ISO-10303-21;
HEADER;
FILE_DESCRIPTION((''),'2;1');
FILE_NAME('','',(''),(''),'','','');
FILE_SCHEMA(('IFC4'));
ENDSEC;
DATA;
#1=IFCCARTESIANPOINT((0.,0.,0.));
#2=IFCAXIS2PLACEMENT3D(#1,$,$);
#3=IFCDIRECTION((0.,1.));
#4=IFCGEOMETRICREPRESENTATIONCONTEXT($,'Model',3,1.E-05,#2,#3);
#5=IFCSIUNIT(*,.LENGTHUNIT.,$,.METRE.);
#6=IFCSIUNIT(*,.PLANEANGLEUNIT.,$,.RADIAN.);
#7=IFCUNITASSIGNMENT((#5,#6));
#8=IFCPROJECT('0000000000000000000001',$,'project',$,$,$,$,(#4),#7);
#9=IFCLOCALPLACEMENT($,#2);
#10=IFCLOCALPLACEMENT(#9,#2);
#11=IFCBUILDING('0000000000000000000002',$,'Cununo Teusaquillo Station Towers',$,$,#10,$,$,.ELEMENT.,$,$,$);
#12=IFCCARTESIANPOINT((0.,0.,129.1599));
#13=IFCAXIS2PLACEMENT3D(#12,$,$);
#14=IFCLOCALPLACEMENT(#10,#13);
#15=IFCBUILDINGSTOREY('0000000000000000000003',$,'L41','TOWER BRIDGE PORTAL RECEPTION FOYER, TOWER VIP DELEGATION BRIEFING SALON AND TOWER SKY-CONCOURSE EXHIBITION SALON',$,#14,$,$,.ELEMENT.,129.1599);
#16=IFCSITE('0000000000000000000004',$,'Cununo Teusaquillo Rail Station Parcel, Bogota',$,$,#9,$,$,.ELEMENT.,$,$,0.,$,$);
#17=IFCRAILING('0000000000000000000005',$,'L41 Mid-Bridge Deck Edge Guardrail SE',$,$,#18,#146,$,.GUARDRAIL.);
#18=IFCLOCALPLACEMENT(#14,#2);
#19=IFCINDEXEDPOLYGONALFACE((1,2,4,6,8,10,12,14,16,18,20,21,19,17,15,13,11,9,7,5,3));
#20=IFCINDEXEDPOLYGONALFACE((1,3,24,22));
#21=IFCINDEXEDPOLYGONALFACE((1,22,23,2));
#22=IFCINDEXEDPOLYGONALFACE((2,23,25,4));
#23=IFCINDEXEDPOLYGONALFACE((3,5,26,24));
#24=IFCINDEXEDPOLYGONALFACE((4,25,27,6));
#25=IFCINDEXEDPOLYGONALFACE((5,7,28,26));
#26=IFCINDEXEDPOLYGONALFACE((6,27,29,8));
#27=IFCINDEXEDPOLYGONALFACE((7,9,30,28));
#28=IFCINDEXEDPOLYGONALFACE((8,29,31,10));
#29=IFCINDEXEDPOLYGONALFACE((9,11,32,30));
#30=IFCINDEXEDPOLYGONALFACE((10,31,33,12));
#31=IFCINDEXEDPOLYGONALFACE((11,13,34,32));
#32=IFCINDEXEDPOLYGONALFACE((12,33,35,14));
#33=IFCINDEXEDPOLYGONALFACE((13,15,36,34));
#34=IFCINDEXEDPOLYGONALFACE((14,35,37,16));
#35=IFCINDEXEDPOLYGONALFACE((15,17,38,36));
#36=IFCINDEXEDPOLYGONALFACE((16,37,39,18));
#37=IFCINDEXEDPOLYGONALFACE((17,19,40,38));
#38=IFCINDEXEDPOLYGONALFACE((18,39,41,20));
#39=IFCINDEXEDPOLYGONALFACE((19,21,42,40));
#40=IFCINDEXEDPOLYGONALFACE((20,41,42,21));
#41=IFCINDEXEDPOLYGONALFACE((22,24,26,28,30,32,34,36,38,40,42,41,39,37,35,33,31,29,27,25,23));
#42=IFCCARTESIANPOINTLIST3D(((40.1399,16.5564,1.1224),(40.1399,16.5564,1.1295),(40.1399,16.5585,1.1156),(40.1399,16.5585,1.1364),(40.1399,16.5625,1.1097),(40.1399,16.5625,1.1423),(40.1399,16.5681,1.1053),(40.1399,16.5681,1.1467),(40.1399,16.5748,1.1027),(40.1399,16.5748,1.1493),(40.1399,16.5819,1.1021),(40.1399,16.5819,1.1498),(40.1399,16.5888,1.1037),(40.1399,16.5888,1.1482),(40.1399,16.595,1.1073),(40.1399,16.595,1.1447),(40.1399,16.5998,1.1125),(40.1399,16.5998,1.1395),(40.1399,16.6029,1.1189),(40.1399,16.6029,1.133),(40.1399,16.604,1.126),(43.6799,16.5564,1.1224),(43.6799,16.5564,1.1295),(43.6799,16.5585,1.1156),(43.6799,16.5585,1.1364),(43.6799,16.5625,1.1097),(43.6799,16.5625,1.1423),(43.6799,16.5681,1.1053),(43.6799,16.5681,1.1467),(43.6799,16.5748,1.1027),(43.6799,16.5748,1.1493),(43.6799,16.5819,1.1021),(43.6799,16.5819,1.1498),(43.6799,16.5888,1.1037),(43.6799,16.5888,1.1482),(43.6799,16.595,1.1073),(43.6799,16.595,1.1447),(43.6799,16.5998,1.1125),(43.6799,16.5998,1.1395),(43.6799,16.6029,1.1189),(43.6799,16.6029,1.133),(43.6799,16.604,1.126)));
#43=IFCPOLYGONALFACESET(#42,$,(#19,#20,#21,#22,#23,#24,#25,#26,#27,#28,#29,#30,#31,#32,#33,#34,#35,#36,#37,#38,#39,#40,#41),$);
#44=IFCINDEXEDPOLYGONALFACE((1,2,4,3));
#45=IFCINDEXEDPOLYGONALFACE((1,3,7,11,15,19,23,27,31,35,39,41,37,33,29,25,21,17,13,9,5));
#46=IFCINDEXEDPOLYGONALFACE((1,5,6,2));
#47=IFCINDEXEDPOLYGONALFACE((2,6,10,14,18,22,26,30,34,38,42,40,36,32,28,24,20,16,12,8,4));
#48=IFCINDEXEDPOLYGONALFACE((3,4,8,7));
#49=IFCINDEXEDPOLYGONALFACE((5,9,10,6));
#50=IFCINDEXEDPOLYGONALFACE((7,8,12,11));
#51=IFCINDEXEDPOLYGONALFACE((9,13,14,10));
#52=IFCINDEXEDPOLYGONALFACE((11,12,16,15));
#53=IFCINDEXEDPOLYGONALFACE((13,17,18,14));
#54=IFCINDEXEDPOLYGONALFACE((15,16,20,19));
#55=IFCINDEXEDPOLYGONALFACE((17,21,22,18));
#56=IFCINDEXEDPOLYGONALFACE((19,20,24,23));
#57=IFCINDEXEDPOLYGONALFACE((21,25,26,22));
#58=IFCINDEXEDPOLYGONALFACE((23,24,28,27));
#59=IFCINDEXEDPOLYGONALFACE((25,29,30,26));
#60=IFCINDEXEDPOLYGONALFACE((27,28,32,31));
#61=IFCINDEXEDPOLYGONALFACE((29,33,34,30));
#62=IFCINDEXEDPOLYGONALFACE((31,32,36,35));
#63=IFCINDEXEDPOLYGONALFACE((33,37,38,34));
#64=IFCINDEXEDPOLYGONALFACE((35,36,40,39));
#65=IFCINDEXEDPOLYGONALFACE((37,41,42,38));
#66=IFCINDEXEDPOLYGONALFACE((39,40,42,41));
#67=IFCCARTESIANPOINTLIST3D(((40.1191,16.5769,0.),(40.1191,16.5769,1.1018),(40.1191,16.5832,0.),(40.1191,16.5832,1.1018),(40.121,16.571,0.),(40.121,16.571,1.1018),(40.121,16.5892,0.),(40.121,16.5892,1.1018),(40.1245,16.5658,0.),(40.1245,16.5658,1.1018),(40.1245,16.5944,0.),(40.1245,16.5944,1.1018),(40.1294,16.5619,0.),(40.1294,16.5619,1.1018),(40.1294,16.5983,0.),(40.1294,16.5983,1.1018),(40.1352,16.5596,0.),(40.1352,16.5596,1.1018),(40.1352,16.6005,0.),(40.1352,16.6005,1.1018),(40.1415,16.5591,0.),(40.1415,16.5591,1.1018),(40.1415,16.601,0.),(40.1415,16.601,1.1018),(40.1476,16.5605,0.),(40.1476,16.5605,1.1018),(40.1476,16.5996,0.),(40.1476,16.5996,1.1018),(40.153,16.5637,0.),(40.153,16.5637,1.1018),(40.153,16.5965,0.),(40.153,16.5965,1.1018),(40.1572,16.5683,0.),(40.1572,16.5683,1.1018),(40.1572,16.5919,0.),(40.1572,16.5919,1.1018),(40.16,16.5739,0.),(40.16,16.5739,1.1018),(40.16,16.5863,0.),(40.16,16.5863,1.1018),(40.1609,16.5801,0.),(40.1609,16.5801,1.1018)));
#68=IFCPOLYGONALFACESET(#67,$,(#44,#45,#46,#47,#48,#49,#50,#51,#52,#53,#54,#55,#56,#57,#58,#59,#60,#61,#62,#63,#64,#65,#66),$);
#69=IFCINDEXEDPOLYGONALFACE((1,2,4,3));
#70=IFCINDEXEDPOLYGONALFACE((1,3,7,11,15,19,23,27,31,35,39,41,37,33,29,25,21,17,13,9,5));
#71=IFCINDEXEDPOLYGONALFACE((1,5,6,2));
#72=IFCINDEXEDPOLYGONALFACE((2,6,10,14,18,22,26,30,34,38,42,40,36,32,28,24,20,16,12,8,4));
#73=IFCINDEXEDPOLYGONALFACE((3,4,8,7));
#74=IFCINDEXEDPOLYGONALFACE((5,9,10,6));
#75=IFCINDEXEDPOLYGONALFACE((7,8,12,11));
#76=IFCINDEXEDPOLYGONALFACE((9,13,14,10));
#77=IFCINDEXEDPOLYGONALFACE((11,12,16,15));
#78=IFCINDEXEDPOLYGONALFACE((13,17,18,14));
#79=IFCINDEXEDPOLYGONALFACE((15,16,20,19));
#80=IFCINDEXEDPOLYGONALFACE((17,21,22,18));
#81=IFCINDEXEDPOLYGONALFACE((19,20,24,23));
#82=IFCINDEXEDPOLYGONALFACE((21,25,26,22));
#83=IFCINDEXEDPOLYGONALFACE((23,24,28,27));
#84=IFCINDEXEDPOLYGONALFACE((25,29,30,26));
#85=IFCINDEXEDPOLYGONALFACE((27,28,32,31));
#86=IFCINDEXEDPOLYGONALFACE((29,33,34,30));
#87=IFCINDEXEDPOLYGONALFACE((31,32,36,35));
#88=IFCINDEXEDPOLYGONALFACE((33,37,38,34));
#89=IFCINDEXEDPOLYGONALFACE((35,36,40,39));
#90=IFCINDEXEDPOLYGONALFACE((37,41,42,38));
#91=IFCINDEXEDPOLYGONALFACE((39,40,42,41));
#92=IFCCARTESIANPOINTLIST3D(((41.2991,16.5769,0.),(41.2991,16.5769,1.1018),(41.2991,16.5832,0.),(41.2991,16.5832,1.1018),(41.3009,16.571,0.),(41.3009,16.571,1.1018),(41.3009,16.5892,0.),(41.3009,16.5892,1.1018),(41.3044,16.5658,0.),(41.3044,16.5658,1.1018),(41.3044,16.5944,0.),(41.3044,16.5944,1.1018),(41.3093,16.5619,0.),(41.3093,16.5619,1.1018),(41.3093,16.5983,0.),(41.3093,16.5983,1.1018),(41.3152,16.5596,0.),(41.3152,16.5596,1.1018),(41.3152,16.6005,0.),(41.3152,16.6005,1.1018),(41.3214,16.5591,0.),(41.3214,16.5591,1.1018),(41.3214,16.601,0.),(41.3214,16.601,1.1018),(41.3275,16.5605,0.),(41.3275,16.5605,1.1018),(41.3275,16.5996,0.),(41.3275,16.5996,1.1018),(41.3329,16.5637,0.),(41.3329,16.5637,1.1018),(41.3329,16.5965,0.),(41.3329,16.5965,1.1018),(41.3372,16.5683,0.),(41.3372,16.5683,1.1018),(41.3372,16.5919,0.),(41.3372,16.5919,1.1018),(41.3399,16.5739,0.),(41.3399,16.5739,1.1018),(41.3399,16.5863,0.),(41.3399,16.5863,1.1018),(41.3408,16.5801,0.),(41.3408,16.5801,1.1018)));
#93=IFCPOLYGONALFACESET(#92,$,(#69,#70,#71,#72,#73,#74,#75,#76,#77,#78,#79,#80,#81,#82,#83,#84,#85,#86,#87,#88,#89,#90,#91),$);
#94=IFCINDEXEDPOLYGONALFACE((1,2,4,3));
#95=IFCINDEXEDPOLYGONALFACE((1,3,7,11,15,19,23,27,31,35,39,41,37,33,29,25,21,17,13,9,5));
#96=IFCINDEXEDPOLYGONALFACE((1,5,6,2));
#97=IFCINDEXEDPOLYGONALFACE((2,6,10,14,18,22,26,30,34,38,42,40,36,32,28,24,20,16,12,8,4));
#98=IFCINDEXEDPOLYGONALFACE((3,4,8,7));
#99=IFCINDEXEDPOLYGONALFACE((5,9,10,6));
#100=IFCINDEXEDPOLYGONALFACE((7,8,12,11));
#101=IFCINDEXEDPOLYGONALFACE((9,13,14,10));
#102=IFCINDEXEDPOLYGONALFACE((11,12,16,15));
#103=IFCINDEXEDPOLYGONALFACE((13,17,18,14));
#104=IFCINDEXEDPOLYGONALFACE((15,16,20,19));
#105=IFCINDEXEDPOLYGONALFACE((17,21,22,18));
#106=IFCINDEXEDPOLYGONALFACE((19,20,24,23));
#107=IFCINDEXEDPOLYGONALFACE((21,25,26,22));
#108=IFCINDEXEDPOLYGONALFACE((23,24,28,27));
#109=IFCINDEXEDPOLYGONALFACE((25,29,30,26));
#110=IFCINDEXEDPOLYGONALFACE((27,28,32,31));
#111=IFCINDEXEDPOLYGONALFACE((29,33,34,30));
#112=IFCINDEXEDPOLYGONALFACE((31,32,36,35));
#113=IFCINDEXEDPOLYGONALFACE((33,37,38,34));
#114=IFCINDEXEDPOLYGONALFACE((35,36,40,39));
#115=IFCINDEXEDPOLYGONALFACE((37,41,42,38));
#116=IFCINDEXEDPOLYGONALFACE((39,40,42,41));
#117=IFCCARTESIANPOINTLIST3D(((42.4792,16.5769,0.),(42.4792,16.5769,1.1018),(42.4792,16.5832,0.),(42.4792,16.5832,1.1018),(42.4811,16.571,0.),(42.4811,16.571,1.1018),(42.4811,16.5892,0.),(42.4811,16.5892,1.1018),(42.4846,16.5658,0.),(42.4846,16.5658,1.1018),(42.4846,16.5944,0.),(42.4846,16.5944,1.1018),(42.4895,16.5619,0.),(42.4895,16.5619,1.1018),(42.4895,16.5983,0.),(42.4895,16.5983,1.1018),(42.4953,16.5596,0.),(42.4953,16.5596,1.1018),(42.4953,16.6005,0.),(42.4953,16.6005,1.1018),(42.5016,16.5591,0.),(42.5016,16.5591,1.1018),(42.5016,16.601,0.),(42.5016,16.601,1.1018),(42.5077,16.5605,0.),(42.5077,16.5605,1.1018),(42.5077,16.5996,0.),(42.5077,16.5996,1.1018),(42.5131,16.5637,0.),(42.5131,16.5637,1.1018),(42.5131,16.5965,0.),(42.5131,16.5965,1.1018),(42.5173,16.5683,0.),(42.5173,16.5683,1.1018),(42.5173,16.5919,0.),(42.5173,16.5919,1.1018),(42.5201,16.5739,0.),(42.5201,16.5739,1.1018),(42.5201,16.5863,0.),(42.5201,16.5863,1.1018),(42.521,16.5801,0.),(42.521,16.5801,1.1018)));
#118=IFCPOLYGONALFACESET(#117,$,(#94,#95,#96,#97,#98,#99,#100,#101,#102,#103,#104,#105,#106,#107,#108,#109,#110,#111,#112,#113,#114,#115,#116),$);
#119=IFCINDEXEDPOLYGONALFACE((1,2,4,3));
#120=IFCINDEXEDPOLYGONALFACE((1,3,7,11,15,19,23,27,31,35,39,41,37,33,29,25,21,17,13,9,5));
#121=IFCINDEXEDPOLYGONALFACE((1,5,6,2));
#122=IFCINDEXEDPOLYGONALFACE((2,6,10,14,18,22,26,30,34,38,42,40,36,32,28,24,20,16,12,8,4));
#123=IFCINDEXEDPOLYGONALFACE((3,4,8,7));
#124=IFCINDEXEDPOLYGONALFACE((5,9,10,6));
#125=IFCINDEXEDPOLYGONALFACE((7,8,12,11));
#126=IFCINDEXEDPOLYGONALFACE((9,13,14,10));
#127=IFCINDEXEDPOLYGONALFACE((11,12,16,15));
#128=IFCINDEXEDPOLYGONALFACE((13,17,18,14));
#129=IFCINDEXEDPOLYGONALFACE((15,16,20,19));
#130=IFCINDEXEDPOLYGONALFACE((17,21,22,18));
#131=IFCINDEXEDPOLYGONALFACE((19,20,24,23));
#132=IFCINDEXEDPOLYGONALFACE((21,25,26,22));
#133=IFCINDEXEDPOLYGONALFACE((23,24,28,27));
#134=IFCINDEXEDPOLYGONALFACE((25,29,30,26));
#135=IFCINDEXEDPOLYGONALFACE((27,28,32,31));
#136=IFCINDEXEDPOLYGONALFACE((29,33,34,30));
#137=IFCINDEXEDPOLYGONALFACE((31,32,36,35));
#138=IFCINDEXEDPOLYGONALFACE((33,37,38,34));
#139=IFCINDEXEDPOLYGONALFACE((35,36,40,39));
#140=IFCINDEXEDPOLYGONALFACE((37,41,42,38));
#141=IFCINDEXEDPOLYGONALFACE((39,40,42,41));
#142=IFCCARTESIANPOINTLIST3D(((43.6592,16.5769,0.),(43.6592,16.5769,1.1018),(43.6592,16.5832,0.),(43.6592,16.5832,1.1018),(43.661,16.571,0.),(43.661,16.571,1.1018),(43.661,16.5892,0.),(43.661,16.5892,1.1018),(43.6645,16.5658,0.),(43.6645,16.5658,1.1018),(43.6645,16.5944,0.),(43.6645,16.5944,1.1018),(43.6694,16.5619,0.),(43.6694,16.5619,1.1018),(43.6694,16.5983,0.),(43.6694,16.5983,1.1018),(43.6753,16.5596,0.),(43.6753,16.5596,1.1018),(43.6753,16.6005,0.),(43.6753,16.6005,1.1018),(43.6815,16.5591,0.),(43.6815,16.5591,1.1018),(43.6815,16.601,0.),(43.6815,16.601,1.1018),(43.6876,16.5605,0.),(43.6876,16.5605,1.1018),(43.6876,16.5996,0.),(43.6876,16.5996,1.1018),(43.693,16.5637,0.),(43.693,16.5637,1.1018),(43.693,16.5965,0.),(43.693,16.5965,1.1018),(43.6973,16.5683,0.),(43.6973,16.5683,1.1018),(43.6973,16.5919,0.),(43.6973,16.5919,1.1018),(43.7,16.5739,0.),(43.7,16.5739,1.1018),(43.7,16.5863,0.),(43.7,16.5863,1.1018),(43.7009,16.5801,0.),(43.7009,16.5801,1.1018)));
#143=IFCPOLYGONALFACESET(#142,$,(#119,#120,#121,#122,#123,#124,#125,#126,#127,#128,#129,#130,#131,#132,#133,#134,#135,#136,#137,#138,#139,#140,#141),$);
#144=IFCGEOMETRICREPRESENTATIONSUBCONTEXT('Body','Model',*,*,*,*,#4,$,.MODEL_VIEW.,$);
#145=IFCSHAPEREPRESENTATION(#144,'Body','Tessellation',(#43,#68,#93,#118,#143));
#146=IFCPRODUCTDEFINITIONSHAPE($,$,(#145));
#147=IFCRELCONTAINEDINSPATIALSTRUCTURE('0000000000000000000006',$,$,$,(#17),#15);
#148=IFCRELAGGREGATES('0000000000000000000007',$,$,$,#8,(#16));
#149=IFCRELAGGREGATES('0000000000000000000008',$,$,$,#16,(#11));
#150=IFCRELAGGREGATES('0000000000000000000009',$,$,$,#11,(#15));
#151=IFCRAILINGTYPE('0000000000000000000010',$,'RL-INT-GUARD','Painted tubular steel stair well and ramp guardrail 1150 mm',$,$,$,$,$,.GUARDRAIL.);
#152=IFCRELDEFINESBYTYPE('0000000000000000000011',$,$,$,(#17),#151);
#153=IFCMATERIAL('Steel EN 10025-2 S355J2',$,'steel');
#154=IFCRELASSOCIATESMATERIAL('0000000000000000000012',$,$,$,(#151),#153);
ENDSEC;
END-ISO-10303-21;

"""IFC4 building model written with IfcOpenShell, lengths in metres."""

from ifc_helpers import new_model, si_unit, direction, frame, origin, origin_2d, place, context, subcontext, project, spatial, circle, extrude, material, type_object, element, save


model = new_model("IFC4")

# Units and contexts
model_context = context("Model", 3, precision=1e-05, world=origin(), true_north=direction((0.0, 1.0)))
body_context = subcontext(model_context, "Body", "Model", "MODEL_VIEW")
ifc_project = project(units=[si_unit("LENGTHUNIT", "METRE"), si_unit("PLANEANGLEUNIT", "RADIAN")], contexts=[model_context])

# Site, building, storey
site_placement = place(None, origin())
site = spatial("IfcSite", under=ifc_project, at=site_placement, Name="Cununo Teusaquillo Rail Station Parcel, Bogota", CompositionType="ELEMENT", RefElevation=0.0)
building_placement = place(site_placement, origin())
building = spatial("IfcBuilding", under=site, at=building_placement, Name="Cununo Teusaquillo Station Towers", CompositionType="ELEMENT")
storey_placement = place(building_placement, frame((0.0, 0.0, 129.1599)))
storey = spatial("IfcBuildingStorey", under=building, at=storey_placement, Name="L41", Description="TOWER BRIDGE PORTAL RECEPTION FOYER, TOWER VIP DELEGATION BRIEFING SALON AND TOWER SKY-CONCOURSE EXHIBITION SALON", CompositionType="ELEMENT", Elevation=129.1599)

# Railing
ifc_material_1 = material(Name="Steel EN 10025-2 S355J2", Category="steel")
railing_type = type_object("IfcRailingType", Name="RL-INT-GUARD", Description="Painted tubular steel stair well and ramp guardrail 1150 mm", PredefinedType="GUARDRAIL", material=ifc_material_1)
railing_placement = place(storey_placement, frame((40.1399, 16.5801, 0.0)))
element("IfcRailing", 1, at=railing_placement, inside=storey, type_object=railing_type, Name="L41 Mid-Bridge Deck Edge Guardrail SE", PredefinedType="GUARDRAIL", context=body_context, shape_type="SweptSolid", body=[
    extrude(circle(Radius=0.0239, at=origin_2d()), frame((0.0, 0.0, 1.126), z_axis=(1.0, 0.0, 0.0), x_axis=(0.0, 1.0, 0.0)), (0.0, 0.0, 1.0), 3.54),
    extrude(circle(Radius=0.021, at=origin_2d()), origin(), (0.0, 0.0, 1.0), 1.1018),
    extrude(circle(Radius=0.021, at=origin_2d()), frame((1.1799, 0.0, 0.0)), (0.0, 0.0, 1.0), 1.1018),
    extrude(circle(Radius=0.021, at=origin_2d()), frame((2.3601, 0.0, 0.0)), (0.0, 0.0, 1.0), 1.1018),
    extrude(circle(Radius=0.021, at=origin_2d()), frame((3.54, 0.0, 0.0)), (0.0, 0.0, 1.0), 1.1018),
])

save(model, "model.ifc")
